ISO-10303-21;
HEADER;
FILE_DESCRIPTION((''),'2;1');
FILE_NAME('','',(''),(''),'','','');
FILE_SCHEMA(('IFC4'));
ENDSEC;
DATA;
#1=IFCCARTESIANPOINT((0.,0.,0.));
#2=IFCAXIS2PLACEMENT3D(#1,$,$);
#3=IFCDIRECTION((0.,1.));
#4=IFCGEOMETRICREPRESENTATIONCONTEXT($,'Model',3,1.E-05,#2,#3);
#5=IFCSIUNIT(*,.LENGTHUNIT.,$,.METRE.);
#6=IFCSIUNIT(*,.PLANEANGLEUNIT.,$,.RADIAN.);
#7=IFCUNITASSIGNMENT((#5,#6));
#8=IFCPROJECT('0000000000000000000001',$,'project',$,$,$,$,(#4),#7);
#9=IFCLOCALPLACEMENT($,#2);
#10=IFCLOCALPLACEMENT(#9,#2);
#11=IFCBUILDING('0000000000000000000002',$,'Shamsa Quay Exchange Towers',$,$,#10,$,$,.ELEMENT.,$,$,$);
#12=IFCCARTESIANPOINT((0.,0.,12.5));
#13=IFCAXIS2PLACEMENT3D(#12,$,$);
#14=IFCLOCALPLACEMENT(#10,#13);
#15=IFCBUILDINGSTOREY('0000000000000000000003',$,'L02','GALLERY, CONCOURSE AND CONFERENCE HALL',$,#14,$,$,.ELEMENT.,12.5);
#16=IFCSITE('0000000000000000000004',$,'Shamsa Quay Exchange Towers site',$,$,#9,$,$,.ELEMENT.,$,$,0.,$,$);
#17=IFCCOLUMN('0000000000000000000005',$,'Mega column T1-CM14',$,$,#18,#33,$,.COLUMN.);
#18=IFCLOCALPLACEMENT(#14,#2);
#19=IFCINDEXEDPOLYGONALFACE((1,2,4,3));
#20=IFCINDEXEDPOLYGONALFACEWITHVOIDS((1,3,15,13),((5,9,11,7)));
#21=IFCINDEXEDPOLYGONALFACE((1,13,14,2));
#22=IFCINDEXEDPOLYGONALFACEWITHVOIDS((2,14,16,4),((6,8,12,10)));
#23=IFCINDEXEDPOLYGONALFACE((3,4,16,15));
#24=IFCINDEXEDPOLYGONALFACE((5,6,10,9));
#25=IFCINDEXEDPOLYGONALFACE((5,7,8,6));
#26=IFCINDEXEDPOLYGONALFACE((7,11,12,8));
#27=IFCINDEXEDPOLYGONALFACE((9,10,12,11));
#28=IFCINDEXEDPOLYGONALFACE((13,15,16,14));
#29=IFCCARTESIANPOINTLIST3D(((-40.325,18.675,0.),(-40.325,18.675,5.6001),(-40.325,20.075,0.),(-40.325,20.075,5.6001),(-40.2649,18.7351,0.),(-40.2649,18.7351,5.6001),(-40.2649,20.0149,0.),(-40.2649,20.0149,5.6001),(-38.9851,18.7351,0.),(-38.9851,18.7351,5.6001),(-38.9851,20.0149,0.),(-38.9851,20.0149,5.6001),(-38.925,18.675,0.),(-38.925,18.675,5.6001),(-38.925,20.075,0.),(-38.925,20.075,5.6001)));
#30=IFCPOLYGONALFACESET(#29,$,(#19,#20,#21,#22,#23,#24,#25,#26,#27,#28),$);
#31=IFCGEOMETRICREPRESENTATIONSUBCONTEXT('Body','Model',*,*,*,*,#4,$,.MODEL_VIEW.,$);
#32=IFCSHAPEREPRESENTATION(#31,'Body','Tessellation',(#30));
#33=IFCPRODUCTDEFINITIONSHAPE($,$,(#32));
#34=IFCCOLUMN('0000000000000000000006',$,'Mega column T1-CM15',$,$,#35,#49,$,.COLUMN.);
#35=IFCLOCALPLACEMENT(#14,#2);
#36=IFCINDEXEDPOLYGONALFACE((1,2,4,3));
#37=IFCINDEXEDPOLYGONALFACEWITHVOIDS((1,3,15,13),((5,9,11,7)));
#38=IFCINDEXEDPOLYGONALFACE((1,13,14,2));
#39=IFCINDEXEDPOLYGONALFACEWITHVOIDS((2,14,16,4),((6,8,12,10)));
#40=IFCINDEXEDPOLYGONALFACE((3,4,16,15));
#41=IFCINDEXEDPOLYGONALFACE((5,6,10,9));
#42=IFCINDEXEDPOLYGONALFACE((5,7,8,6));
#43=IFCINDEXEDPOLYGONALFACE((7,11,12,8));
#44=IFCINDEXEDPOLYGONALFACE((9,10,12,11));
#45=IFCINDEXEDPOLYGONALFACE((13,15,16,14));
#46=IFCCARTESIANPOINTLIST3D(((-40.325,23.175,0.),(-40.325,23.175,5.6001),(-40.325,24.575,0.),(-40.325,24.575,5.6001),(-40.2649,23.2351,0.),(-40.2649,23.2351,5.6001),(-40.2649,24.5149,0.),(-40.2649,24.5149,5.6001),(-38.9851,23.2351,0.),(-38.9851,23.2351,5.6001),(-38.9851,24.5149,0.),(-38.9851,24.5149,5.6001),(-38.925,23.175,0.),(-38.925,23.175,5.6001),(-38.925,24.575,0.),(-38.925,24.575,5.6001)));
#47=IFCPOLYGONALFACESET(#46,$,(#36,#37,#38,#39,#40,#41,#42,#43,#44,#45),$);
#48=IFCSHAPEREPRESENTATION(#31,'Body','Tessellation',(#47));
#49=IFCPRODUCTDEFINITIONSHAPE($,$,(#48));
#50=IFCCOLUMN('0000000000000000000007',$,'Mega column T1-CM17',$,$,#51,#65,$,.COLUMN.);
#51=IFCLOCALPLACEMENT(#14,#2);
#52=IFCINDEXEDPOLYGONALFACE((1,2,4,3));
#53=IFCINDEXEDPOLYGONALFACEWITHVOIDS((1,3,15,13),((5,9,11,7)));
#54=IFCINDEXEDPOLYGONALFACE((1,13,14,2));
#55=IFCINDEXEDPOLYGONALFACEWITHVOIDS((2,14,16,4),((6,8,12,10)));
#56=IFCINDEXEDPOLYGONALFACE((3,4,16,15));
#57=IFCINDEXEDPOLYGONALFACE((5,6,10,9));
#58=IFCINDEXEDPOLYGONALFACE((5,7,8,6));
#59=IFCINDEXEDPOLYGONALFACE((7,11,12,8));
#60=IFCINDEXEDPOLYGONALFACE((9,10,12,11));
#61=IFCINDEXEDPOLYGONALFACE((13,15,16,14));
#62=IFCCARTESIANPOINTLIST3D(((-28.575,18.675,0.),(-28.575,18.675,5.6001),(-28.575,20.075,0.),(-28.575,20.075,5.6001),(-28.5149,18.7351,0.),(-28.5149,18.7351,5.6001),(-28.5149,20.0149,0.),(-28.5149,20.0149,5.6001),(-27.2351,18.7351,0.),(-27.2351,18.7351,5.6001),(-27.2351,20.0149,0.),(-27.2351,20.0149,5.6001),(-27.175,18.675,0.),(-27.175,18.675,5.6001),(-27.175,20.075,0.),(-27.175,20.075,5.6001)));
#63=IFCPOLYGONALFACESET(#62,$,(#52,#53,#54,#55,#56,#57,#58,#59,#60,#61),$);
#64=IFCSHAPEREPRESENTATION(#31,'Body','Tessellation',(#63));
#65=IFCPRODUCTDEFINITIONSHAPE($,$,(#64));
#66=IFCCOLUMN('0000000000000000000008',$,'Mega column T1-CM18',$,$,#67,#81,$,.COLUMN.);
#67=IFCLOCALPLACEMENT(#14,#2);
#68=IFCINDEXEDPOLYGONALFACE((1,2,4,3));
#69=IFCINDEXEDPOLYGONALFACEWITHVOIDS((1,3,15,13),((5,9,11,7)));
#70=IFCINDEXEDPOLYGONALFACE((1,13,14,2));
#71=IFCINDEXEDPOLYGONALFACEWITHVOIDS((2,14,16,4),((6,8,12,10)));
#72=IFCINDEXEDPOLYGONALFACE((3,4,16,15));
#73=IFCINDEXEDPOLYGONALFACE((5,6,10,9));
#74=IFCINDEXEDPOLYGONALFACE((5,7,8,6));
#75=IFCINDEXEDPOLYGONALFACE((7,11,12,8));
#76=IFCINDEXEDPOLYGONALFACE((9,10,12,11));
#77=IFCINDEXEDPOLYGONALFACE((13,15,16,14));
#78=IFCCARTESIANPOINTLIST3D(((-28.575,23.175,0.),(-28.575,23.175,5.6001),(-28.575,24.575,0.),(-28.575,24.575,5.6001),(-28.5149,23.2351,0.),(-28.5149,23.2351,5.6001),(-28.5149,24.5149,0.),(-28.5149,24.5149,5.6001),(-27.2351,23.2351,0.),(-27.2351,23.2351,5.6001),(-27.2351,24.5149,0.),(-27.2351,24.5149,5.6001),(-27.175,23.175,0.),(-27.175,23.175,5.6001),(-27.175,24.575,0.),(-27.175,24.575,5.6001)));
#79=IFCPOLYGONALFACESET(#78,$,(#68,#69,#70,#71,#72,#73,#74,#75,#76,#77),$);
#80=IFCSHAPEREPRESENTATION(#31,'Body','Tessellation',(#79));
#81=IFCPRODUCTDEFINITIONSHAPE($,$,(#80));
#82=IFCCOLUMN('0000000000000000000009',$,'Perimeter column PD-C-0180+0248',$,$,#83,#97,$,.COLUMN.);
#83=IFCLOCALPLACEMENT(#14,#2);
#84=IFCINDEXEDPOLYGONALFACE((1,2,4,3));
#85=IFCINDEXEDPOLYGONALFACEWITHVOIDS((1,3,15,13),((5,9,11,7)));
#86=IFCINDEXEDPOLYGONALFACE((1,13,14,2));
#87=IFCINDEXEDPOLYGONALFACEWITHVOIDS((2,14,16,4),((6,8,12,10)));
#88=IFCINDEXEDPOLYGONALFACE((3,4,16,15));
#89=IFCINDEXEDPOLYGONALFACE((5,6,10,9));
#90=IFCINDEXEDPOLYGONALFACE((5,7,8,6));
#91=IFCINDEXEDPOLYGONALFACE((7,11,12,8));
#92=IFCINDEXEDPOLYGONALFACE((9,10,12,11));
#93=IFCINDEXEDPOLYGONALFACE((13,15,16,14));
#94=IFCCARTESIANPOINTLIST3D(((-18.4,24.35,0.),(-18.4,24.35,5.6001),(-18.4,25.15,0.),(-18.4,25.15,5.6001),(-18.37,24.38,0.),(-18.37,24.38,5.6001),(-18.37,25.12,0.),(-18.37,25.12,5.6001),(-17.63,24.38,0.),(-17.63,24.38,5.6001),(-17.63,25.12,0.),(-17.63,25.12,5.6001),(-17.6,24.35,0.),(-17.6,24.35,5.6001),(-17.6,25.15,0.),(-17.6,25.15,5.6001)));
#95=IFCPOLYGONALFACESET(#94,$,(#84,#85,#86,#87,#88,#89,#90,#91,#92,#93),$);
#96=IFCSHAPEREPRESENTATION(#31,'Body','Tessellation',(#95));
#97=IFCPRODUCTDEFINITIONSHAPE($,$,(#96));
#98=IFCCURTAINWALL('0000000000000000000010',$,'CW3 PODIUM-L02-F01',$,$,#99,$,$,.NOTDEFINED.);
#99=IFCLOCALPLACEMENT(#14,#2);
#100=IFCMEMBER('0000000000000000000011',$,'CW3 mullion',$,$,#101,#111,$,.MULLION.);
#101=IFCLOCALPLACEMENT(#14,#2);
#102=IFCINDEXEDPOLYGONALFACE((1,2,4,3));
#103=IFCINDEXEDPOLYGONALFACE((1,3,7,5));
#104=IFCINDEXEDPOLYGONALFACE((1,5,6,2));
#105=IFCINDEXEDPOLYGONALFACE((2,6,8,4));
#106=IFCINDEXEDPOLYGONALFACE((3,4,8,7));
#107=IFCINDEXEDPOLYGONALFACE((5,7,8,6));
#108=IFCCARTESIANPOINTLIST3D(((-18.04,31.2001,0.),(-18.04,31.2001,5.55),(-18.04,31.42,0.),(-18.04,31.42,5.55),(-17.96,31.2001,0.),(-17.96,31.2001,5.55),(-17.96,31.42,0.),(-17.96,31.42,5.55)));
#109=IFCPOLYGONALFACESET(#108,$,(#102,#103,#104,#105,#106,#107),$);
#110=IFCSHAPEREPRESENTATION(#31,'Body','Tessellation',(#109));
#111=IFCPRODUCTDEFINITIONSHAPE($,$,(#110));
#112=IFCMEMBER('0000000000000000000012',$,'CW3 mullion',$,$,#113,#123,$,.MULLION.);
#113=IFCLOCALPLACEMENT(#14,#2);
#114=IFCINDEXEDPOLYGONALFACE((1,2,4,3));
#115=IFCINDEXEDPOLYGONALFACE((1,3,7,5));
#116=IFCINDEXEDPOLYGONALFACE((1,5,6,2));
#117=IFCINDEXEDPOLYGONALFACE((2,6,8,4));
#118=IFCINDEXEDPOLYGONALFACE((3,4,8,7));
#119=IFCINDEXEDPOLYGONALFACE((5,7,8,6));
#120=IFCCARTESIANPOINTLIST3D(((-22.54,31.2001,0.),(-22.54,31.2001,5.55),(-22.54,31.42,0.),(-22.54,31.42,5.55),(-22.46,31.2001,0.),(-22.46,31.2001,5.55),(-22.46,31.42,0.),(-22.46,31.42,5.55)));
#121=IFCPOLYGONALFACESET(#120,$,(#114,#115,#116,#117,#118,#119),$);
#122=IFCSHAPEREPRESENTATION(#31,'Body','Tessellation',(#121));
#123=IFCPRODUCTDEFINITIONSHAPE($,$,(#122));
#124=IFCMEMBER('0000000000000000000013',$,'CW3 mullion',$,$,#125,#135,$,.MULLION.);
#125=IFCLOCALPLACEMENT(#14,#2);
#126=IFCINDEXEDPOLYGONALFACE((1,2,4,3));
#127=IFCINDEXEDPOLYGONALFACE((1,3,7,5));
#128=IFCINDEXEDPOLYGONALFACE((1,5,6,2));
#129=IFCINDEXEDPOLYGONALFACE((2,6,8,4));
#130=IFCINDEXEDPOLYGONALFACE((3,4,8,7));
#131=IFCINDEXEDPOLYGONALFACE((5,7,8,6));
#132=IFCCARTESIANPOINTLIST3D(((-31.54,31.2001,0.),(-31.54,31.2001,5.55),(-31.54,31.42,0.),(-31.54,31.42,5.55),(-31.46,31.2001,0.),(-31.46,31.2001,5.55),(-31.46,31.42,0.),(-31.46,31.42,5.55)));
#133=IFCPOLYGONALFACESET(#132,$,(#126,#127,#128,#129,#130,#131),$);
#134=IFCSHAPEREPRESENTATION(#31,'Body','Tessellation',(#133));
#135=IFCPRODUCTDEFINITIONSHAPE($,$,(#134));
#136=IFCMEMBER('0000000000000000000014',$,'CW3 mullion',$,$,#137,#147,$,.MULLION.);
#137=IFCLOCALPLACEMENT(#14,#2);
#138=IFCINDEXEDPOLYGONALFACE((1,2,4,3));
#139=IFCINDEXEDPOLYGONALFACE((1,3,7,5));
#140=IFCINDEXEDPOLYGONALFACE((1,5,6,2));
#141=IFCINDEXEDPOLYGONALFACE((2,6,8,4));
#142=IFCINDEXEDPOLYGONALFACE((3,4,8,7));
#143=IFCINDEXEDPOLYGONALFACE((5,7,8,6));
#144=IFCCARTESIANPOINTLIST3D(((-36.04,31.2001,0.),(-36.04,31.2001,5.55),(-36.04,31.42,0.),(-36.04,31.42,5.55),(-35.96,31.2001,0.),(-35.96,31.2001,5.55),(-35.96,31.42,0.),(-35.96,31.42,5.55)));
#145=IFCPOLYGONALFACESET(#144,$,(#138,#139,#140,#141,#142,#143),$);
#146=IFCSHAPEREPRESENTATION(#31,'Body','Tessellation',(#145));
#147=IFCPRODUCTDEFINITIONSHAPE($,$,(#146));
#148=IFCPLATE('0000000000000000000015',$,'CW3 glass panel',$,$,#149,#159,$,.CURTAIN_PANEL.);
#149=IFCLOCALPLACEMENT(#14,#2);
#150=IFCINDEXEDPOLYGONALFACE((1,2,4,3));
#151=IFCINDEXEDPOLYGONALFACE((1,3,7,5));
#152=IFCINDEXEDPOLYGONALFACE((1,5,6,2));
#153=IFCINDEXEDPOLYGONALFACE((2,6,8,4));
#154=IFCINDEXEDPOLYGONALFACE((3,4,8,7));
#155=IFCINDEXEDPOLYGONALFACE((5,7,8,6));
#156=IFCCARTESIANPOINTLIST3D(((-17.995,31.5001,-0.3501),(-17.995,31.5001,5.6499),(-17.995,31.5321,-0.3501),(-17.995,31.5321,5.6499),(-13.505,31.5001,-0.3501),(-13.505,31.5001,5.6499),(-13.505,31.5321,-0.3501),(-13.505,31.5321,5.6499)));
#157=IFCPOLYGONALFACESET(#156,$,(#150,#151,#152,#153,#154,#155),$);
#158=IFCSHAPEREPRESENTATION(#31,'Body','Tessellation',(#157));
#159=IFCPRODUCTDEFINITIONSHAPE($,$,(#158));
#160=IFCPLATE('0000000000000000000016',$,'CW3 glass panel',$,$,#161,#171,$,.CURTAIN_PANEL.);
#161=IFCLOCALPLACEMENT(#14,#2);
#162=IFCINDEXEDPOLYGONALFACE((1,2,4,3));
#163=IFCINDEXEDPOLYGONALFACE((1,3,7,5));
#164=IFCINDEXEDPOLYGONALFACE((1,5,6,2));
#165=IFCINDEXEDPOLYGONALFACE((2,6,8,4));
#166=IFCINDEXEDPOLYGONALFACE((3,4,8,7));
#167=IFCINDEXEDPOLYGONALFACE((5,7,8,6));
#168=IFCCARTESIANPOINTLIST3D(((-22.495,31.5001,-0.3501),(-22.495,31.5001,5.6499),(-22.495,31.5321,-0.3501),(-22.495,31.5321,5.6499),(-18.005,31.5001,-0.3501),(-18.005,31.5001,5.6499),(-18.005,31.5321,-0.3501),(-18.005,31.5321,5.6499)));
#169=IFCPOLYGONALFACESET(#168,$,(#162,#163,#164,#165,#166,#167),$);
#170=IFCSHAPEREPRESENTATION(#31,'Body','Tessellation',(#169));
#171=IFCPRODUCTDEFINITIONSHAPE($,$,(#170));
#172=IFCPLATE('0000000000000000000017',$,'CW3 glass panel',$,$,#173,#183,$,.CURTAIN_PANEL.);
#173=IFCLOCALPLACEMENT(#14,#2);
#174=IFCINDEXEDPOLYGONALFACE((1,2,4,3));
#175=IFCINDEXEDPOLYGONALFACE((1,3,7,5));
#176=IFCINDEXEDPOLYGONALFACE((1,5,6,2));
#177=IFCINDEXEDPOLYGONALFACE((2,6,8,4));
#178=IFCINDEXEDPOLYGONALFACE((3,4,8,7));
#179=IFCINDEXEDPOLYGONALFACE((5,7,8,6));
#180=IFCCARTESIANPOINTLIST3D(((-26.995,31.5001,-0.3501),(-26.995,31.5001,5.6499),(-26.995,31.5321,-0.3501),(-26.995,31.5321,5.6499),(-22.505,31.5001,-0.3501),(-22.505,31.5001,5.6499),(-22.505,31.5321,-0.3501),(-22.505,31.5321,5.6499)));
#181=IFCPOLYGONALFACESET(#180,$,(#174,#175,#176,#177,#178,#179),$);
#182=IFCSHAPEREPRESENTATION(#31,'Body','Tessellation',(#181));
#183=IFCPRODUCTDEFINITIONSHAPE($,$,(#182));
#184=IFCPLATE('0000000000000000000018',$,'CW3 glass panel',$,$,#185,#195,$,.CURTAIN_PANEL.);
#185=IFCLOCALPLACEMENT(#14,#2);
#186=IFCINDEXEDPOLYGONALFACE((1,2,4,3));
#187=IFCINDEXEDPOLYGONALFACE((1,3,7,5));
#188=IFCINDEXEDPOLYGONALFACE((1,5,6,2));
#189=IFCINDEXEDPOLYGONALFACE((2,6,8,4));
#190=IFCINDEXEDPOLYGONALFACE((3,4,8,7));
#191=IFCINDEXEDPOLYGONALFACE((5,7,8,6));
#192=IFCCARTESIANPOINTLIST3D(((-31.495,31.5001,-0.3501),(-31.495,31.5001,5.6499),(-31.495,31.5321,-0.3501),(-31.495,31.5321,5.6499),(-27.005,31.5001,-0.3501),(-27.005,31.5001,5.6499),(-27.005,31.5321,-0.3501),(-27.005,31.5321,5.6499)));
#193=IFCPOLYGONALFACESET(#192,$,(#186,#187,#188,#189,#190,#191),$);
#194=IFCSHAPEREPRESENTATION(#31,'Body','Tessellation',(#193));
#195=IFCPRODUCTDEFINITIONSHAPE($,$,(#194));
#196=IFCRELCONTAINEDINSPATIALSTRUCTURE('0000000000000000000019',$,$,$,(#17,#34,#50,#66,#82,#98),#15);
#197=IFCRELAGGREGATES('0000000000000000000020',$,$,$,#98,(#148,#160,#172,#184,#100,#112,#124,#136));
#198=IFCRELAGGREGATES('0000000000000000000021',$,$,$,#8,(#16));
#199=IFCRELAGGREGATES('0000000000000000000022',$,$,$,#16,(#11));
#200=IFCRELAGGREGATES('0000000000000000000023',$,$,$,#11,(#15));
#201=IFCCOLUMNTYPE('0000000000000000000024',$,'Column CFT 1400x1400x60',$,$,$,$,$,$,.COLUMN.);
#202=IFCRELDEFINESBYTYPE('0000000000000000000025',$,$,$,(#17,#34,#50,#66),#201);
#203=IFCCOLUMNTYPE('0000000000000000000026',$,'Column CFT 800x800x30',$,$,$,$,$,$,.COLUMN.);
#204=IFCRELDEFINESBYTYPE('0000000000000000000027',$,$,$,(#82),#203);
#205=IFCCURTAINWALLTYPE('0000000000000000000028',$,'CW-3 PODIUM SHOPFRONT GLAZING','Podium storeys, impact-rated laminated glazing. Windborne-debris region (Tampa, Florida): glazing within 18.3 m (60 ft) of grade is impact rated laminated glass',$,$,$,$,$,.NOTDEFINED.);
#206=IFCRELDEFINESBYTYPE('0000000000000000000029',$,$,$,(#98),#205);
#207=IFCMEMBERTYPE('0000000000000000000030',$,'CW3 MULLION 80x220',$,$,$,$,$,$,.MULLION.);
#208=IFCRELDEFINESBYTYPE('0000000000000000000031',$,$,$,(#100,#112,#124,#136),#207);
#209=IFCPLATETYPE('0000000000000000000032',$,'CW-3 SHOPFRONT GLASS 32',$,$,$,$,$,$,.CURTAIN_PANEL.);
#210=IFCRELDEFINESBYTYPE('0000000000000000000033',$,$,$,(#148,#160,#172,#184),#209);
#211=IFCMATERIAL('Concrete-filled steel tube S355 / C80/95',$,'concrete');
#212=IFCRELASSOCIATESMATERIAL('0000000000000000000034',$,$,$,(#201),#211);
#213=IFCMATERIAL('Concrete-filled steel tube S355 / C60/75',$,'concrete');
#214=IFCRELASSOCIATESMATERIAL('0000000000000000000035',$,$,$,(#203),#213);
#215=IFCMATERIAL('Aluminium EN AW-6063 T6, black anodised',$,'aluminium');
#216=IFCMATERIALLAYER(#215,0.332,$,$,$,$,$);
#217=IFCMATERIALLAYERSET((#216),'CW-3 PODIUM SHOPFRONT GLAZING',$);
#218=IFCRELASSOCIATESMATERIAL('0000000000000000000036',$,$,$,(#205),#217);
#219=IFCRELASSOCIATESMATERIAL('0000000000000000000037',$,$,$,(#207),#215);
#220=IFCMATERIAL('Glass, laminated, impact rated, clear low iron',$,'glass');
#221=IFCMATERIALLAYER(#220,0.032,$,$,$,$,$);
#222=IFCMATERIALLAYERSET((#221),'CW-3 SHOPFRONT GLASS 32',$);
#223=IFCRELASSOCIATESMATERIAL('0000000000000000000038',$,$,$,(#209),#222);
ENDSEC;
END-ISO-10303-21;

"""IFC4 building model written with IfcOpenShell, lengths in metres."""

from ifc_helpers import new_model, si_unit, direction, frame, origin, origin_2d, place, context, subcontext, project, spatial, rectangle, hollow_rectangle, extrude, material, layer, layer_set, material_profile, profile_set, type_object, element, aggregate, save


model = new_model("IFC4")

# Units and contexts
model_context = context("Model", 3, precision=1e-05, world=origin(), true_north=direction((0.0, 1.0)))
body_context = subcontext(model_context, "Body", "Model", "MODEL_VIEW")
ifc_project = project(units=[si_unit("LENGTHUNIT", "METRE"), si_unit("PLANEANGLEUNIT", "RADIAN")], contexts=[model_context])

# Site, building, storey
site_placement = place(None, origin())
site = spatial("IfcSite", under=ifc_project, at=site_placement, Name="Shamsa Quay Exchange Towers site", CompositionType="ELEMENT", RefElevation=0.0)
building_placement = place(site_placement, origin())
building = spatial("IfcBuilding", under=site, at=building_placement, Name="Shamsa Quay Exchange Towers", CompositionType="ELEMENT")
storey_placement = place(building_placement, frame((0.0, 0.0, 12.5)))
storey = spatial("IfcBuildingStorey", under=building, at=storey_placement, Name="L02", Description="GALLERY, CONCOURSE AND CONFERENCE HALL", CompositionType="ELEMENT", Elevation=12.5)

# Columns
ifc_material_1 = material(Name="Concrete-filled steel tube S355 / C80/95", Category="concrete")
ifc_material_profile_1 = material_profile(ifc_material_1, hollow_rectangle(XDim=1.3999, YDim=1.3999, WallThickness=0.0601, at=origin_2d()), Name="CFT 1400x1400x60")
ifc_profile_set_1 = profile_set([ifc_material_profile_1], Name="Concrete-filled steel tube S355 / C80/95")
column_type_1 = type_object("IfcColumnType", Name="Column CFT 1400x1400x60", PredefinedType="COLUMN", material=ifc_profile_set_1)
for number, where, name in (
    (1, (-39.625, 19.375, 0.0), "Mega column T1-CM14"),
    (2, (-39.625, 23.875, 0.0), "Mega column T1-CM15"),
    (3, (-27.875, 19.375, 0.0), "Mega column T1-CM17"),
    (4, (-27.875, 23.875, 0.0), "Mega column T1-CM18"),
):
    element("IfcColumn", number, at=place(storey_placement, frame(where)), inside=storey, type_object=column_type_1, Name=name, PredefinedType="COLUMN", context=body_context, shape_type="SweptSolid", body=[
        extrude(hollow_rectangle(XDim=1.3999, YDim=1.3999, WallThickness=0.0601, at=origin_2d()), origin(), (0.0, 0.0, 1.0), 5.6001),
    ])
ifc_material_2 = material(Name="Concrete-filled steel tube S355 / C60/75", Category="concrete")
ifc_material_profile_2 = material_profile(ifc_material_2, hollow_rectangle(XDim=0.8, YDim=0.8, WallThickness=0.03, at=origin_2d()), Name="CFT 800x800x30")
ifc_profile_set_2 = profile_set([ifc_material_profile_2], Name="Concrete-filled steel tube S355 / C60/75")
column_type_2 = type_object("IfcColumnType", Name="Column CFT 800x800x30", PredefinedType="COLUMN", material=ifc_profile_set_2)
column_placement = place(storey_placement, frame((-18.0, 24.75, 0.0)))
element("IfcColumn", 5, at=column_placement, inside=storey, type_object=column_type_2, Name="Perimeter column PD-C-0180+0248", PredefinedType="COLUMN", context=body_context, shape_type="SweptSolid", body=[
    extrude(hollow_rectangle(XDim=0.8, YDim=0.8, WallThickness=0.03, at=origin_2d()), origin(), (0.0, 0.0, 1.0), 5.6001),
])

# Curtain wall, members, plates
ifc_material_3 = material(Name="Aluminium EN AW-6063 T6, black anodised", Category="aluminium")
ifc_layer_1 = layer(ifc_material_3, 0.332)
ifc_layer_set_1 = layer_set([ifc_layer_1], Name="CW-3 PODIUM SHOPFRONT GLAZING")
curtain_wall_type = type_object("IfcCurtainWallType", Name="CW-3 PODIUM SHOPFRONT GLAZING", Description="Podium storeys, impact-rated laminated glazing. Windborne-debris region (Tampa, Florida): glazing within 18.3 m (60 ft) of grade is impact rated laminated glass", PredefinedType="NOTDEFINED", material=ifc_layer_set_1)
curtain_wall_placement = place(storey_placement, origin())
curtain_wall = element("IfcCurtainWall", 6, at=curtain_wall_placement, inside=storey, type_object=curtain_wall_type, Name="CW3 PODIUM-L02-F01", PredefinedType="NOTDEFINED")
ifc_material_profile_3 = material_profile(ifc_material_3, rectangle(XDim=0.22, YDim=0.0801, at=origin_2d()), Name="MU80x220")
ifc_profile_set_3 = profile_set([ifc_material_profile_3], Name="Aluminium EN AW-6063 T6, black anodised")
member_type = type_object("IfcMemberType", Name="CW3 MULLION 80x220", PredefinedType="MULLION", material=ifc_profile_set_3)
member_1_placement = place(storey_placement, frame((-18.0, 31.3101, 0.0), z_axis=(0.0, 0.0, 1.0), x_axis=(0.0, -1.0, 0.0)))
member_1 = element("IfcMember", 7, at=member_1_placement, type_object=member_type, Name="CW3 mullion", PredefinedType="MULLION", context=body_context, shape_type="SweptSolid", body=[
    extrude(rectangle(XDim=0.22, YDim=0.0801, at=origin_2d()), origin(), (0.0, 0.0, 1.0), 5.55),
])
member_2_placement = place(storey_placement, frame((-22.5, 31.3101, 0.0), z_axis=(0.0, 0.0, 1.0), x_axis=(0.0, -1.0, 0.0)))
member_2 = element("IfcMember", 8, at=member_2_placement, type_object=member_type, Name="CW3 mullion", PredefinedType="MULLION", context=body_context, shape_type="SweptSolid", body=[
    extrude(rectangle(XDim=0.22, YDim=0.0801, at=origin_2d()), origin(), (0.0, 0.0, 1.0), 5.55),
])
member_3_placement = place(storey_placement, frame((-31.5, 31.3101, 0.0), z_axis=(0.0, 0.0, 1.0), x_axis=(0.0, -1.0, 0.0)))
member_3 = element("IfcMember", 9, at=member_3_placement, type_object=member_type, Name="CW3 mullion", PredefinedType="MULLION", context=body_context, shape_type="SweptSolid", body=[
    extrude(rectangle(XDim=0.22, YDim=0.0801, at=origin_2d()), origin(), (0.0, 0.0, 1.0), 5.55),
])
member_4_placement = place(storey_placement, frame((-36.0, 31.3101, 0.0), z_axis=(0.0, 0.0, 1.0), x_axis=(0.0, -1.0, 0.0)))
member_4 = element("IfcMember", 10, at=member_4_placement, type_object=member_type, Name="CW3 mullion", PredefinedType="MULLION", context=body_context, shape_type="SweptSolid", body=[
    extrude(rectangle(XDim=0.22, YDim=0.0801, at=origin_2d()), origin(), (0.0, 0.0, 1.0), 5.55),
])
ifc_material_4 = material(Name="Glass, laminated, impact rated, clear low iron", Category="glass")
ifc_layer_2 = layer(ifc_material_4, 0.032)
ifc_layer_set_2 = layer_set([ifc_layer_2], Name="CW-3 SHOPFRONT GLASS 32")
plate_type = type_object("IfcPlateType", Name="CW-3 SHOPFRONT GLASS 32", PredefinedType="CURTAIN_PANEL", material=ifc_layer_set_2)
plate_1_placement = place(storey_placement, frame((-15.75, 31.5161, -0.3501), z_axis=(0.0, 0.0, 1.0), x_axis=(-1.0, 0.0, 0.0)))
plate_1 = element("IfcPlate", 11, at=plate_1_placement, type_object=plate_type, Name="CW3 glass panel", PredefinedType="CURTAIN_PANEL", context=body_context, shape_type="SweptSolid", body=[
    extrude(rectangle(XDim=4.49, YDim=0.032, at=origin_2d()), origin(), (0.0, 0.0, 1.0), 6.0),
])
plate_2_placement = place(storey_placement, frame((-20.25, 31.5161, -0.3501), z_axis=(0.0, 0.0, 1.0), x_axis=(-1.0, 0.0, 0.0)))
plate_2 = element("IfcPlate", 12, at=plate_2_placement, type_object=plate_type, Name="CW3 glass panel", PredefinedType="CURTAIN_PANEL", context=body_context, shape_type="SweptSolid", body=[
    extrude(rectangle(XDim=4.49, YDim=0.032, at=origin_2d()), origin(), (0.0, 0.0, 1.0), 6.0),
])
plate_3_placement = place(storey_placement, frame((-24.75, 31.5161, -0.3501), z_axis=(0.0, 0.0, 1.0), x_axis=(-1.0, 0.0, 0.0)))
plate_3 = element("IfcPlate", 13, at=plate_3_placement, type_object=plate_type, Name="CW3 glass panel", PredefinedType="CURTAIN_PANEL", context=body_context, shape_type="SweptSolid", body=[
    extrude(rectangle(XDim=4.49, YDim=0.032, at=origin_2d()), origin(), (0.0, 0.0, 1.0), 6.0),
])
plate_4_placement = place(storey_placement, frame((-29.25, 31.5161, -0.3501), z_axis=(0.0, 0.0, 1.0), x_axis=(-1.0, 0.0, 0.0)))
plate_4 = element("IfcPlate", 14, at=plate_4_placement, type_object=plate_type, Name="CW3 glass panel", PredefinedType="CURTAIN_PANEL", context=body_context, shape_type="SweptSolid", body=[
    extrude(rectangle(XDim=4.49, YDim=0.032, at=origin_2d()), origin(), (0.0, 0.0, 1.0), 6.0),
])
aggregate(curtain_wall, [plate_1, plate_2, plate_3, plate_4, member_1, member_2, member_3, member_4])

save(model, "model.ifc")
